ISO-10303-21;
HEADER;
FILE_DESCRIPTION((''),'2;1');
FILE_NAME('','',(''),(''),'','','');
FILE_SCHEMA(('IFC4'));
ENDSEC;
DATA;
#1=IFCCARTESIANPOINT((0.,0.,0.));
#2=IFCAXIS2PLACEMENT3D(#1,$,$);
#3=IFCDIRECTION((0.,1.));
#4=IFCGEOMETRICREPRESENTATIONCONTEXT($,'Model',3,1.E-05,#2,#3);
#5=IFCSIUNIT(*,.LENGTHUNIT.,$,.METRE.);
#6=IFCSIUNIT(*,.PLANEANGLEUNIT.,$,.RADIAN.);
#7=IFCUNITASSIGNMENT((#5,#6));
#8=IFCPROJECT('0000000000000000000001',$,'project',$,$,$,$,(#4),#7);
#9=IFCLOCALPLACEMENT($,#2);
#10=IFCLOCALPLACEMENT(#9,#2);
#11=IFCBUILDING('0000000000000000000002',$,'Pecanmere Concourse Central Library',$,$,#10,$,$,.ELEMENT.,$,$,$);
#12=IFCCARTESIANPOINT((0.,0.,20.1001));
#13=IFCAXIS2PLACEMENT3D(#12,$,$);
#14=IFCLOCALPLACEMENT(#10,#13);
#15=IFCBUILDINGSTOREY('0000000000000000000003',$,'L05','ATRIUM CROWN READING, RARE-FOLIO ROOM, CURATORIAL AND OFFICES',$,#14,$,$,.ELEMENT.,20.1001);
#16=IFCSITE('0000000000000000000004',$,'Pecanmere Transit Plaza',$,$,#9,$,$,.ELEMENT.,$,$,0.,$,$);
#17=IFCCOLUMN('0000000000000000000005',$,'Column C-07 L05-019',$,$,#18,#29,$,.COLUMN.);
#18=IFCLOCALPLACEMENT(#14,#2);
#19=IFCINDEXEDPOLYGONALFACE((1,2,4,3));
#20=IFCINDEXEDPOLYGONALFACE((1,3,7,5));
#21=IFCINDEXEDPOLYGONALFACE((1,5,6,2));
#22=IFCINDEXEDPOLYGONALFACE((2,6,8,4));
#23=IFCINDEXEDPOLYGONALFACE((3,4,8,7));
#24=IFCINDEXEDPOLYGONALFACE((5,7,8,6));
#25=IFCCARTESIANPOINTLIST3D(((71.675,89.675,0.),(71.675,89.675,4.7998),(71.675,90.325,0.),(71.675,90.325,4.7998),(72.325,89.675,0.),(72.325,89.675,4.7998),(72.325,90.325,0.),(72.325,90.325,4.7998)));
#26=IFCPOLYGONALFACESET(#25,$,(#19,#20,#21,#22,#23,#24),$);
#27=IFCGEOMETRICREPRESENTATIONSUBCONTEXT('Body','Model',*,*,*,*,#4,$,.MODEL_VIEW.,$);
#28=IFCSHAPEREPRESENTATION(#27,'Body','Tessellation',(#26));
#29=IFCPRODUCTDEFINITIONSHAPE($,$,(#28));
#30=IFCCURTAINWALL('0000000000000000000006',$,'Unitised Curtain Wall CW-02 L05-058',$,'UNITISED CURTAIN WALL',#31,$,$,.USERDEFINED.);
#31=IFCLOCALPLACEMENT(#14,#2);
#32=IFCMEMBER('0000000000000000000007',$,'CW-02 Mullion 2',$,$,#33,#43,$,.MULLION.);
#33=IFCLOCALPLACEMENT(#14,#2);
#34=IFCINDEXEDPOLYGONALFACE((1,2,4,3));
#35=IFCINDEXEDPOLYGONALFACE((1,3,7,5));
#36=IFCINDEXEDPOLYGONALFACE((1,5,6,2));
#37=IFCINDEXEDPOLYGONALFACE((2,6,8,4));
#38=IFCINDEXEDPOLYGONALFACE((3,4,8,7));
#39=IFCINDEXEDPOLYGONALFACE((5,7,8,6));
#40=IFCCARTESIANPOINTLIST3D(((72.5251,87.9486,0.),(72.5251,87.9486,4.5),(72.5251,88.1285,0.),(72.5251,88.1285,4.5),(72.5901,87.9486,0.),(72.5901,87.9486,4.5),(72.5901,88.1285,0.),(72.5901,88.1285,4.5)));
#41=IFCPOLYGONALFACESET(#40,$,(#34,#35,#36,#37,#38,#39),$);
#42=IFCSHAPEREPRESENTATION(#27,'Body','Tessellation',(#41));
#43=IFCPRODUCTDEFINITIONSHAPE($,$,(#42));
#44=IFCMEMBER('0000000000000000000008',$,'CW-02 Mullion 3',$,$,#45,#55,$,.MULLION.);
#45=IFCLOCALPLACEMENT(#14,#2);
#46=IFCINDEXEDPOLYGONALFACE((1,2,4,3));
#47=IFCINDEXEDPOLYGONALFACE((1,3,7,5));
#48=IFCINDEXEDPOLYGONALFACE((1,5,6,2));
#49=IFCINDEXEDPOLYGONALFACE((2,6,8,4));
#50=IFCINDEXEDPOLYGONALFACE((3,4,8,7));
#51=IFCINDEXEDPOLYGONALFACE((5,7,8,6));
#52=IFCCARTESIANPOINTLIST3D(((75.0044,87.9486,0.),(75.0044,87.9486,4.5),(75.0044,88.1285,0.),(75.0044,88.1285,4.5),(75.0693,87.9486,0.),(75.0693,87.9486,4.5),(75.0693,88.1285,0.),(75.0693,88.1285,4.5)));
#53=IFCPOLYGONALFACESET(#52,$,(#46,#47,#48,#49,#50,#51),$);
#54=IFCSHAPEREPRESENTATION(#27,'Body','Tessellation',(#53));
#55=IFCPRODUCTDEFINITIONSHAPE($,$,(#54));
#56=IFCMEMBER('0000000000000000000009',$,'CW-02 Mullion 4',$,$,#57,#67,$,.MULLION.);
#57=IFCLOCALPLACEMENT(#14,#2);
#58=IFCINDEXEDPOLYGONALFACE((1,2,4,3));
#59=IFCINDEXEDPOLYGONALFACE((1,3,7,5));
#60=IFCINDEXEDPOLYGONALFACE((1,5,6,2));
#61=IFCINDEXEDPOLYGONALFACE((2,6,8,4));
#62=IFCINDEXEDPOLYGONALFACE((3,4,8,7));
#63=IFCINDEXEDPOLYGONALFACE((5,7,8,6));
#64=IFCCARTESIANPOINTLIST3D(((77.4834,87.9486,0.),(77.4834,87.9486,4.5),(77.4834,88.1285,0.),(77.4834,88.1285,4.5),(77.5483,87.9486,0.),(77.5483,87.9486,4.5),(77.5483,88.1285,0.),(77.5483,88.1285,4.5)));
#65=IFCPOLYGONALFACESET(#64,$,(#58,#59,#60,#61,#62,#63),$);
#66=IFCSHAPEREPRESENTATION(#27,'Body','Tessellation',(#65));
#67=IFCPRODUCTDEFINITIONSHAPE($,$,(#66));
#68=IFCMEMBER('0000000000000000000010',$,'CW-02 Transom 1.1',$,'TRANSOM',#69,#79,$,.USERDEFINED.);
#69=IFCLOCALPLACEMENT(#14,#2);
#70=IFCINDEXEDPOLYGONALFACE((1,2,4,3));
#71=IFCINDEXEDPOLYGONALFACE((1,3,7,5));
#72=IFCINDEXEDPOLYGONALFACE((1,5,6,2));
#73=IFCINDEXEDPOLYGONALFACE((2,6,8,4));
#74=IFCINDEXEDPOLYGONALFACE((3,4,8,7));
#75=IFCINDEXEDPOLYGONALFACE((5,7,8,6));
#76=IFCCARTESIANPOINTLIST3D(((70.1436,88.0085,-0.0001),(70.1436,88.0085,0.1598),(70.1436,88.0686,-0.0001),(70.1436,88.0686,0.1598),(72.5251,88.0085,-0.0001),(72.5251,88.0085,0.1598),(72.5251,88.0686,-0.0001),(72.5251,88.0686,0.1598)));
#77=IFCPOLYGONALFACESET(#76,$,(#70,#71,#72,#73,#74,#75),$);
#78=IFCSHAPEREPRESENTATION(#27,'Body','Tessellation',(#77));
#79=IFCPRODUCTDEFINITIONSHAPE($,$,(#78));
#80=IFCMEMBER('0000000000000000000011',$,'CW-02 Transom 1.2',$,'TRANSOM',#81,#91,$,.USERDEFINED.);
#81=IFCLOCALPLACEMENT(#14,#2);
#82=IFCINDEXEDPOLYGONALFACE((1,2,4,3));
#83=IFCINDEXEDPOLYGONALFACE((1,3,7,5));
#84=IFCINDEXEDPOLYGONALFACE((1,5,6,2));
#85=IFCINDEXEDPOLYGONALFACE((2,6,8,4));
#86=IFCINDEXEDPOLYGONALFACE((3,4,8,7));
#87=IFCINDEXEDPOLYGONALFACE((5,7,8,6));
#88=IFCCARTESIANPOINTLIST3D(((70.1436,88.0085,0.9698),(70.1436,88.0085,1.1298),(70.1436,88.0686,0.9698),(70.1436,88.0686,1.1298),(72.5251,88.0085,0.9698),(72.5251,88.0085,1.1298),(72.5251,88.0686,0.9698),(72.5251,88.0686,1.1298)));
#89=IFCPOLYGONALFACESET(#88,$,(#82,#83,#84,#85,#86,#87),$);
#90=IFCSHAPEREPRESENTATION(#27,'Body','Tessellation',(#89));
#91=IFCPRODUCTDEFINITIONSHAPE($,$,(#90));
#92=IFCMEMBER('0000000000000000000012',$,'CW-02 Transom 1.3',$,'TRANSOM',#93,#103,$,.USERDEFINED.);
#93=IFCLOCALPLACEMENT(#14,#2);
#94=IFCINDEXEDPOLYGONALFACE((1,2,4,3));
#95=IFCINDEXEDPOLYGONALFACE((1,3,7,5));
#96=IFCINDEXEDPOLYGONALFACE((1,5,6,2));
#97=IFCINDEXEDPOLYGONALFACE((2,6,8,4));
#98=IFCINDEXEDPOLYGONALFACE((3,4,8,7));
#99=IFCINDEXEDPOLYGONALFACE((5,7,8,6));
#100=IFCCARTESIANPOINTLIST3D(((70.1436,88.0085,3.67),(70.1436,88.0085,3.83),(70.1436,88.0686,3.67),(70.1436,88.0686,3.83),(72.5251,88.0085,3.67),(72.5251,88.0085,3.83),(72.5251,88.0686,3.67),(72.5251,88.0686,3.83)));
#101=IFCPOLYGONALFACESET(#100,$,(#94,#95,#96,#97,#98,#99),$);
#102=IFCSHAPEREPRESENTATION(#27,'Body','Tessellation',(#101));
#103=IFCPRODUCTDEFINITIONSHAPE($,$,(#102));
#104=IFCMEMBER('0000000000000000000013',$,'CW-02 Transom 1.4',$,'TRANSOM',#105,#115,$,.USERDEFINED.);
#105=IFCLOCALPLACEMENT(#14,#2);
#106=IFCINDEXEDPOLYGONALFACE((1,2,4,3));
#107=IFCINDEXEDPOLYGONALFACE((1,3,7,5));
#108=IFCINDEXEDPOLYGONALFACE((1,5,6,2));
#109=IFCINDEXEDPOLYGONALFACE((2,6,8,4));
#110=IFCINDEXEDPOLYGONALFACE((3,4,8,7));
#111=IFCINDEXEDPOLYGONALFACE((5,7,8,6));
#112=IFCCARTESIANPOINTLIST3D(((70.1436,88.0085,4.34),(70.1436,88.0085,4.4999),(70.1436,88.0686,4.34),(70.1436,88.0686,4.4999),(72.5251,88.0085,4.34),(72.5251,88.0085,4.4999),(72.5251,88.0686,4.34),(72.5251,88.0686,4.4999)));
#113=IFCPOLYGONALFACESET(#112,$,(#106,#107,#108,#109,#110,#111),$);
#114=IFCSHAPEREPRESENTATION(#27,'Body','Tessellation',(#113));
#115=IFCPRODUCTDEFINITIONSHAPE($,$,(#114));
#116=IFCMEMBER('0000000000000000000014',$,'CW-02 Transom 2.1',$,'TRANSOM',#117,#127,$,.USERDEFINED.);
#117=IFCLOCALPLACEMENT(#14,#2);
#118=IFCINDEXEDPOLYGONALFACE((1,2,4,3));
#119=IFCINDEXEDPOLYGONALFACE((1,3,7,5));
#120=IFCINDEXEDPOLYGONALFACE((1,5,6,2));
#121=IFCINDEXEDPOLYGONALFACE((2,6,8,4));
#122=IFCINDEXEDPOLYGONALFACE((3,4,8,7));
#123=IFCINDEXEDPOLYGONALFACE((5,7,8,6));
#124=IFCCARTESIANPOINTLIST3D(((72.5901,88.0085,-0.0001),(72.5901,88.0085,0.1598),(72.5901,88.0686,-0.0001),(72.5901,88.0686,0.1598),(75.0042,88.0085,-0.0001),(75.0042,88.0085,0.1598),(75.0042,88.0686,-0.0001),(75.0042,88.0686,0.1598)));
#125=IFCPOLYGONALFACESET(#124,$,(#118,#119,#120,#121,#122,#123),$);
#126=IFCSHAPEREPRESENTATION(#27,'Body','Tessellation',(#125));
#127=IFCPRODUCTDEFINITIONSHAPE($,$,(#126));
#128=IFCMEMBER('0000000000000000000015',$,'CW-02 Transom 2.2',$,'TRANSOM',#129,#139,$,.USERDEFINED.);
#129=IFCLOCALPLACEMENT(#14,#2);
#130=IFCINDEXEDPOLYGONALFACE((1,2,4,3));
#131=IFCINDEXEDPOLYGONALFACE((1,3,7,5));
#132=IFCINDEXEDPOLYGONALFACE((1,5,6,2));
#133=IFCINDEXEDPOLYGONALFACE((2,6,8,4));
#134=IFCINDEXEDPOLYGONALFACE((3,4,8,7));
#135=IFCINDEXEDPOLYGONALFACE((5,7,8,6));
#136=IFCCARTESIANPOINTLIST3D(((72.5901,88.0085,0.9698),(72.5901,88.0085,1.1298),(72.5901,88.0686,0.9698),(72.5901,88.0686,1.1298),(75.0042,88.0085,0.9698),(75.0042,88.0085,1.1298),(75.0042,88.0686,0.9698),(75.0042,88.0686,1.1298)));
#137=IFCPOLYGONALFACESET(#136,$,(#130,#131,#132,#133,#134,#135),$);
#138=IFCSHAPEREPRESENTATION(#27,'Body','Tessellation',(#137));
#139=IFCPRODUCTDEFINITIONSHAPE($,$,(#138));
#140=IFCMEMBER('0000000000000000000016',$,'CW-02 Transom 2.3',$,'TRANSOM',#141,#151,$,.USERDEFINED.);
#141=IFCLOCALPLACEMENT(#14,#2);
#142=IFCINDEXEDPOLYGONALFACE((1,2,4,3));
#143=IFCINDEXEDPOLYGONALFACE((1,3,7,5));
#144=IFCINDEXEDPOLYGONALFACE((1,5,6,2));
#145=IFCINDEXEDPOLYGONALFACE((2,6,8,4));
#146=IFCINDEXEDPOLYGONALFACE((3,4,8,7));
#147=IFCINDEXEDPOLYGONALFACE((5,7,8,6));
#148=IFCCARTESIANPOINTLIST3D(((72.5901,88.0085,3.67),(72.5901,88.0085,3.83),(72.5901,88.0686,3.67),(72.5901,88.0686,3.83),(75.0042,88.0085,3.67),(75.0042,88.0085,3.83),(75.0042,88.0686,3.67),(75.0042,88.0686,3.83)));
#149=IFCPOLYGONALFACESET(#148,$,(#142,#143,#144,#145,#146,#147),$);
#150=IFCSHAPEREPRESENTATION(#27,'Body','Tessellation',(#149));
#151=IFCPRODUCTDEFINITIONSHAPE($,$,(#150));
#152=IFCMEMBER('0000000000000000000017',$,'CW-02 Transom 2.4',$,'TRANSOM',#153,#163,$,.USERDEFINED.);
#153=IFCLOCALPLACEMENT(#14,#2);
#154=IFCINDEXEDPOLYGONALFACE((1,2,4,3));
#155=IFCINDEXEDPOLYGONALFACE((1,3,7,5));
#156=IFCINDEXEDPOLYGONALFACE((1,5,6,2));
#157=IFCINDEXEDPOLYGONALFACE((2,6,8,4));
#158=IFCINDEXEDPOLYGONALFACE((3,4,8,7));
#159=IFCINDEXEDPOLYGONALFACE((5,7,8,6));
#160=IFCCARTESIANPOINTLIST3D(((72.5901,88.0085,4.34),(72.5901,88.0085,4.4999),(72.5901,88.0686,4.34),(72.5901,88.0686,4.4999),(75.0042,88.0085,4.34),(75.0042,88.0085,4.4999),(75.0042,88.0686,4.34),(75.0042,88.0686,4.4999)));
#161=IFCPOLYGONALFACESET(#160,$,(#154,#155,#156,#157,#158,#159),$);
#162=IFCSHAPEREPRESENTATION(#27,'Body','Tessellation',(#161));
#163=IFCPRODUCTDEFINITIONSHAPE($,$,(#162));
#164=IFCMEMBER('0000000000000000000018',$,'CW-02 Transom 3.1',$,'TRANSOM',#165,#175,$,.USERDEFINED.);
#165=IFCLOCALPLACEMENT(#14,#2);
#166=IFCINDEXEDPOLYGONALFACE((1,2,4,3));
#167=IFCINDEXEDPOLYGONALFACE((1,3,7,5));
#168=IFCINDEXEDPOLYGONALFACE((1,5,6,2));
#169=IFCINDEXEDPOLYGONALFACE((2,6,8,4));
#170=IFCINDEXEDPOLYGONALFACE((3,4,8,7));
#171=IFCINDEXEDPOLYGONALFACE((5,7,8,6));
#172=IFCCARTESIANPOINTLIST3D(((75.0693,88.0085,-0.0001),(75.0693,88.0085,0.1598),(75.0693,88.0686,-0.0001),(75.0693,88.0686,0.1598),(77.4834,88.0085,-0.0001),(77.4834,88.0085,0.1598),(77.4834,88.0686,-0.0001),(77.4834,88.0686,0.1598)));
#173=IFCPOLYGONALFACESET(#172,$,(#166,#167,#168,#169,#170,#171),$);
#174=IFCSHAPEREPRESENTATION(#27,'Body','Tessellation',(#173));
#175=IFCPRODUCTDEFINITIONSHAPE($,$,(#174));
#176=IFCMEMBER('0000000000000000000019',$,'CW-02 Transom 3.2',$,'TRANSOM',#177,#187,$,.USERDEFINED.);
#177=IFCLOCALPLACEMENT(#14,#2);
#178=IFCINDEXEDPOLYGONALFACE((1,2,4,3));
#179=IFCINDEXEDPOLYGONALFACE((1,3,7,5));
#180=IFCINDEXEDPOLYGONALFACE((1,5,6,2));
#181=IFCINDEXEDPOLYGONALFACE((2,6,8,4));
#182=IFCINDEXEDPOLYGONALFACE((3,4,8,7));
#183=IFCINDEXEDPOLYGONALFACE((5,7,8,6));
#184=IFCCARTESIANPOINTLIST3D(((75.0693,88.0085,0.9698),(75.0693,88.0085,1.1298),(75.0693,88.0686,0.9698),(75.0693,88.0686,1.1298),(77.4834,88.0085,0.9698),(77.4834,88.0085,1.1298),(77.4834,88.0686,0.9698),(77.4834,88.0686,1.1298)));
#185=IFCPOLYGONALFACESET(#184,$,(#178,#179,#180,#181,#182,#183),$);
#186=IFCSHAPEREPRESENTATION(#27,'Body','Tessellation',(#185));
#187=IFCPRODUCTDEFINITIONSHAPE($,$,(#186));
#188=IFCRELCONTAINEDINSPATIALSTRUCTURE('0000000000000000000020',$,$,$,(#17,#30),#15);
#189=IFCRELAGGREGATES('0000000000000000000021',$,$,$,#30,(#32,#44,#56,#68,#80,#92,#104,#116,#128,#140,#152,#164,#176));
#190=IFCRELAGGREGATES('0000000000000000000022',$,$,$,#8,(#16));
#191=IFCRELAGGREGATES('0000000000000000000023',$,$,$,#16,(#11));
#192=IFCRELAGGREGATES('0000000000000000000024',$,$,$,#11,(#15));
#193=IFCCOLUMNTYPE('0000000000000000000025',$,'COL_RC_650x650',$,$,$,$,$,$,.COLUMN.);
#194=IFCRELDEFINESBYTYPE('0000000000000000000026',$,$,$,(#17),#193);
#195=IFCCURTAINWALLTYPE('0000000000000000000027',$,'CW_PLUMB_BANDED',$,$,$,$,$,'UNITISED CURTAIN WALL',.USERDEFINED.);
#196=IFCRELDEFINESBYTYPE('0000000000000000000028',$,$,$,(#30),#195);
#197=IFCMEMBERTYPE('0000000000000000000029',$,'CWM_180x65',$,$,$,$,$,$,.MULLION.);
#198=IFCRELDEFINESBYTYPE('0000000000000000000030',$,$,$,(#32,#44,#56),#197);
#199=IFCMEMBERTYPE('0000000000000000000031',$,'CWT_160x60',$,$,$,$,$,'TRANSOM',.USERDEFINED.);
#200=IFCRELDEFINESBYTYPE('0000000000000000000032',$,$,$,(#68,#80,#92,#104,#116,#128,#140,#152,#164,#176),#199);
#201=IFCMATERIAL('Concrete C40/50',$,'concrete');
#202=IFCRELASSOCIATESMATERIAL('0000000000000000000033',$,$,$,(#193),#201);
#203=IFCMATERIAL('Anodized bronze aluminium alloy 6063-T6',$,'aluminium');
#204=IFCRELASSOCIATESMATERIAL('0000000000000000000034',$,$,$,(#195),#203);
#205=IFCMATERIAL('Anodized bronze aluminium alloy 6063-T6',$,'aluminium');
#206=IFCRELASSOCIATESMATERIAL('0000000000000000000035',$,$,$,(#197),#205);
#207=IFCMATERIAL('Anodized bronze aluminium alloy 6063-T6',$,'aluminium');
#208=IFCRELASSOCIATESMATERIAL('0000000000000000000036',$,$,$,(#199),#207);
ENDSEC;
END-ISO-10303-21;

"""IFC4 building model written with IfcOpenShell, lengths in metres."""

from ifc_helpers import new_model, si_unit, direction, frame, origin, origin_2d, place, context, subcontext, project, spatial, rectangle, extrude, material, material_profile, profile_set, type_object, element, aggregate, save


model = new_model("IFC4")

# Units and contexts
model_context = context("Model", 3, precision=1e-05, world=origin(), true_north=direction((0.0, 1.0)))
body_context = subcontext(model_context, "Body", "Model", "MODEL_VIEW")
ifc_project = project(units=[si_unit("LENGTHUNIT", "METRE"), si_unit("PLANEANGLEUNIT", "RADIAN")], contexts=[model_context])

# Site, building, storey
site_placement = place(None, origin())
site = spatial("IfcSite", under=ifc_project, at=site_placement, Name="Pecanmere Transit Plaza", CompositionType="ELEMENT", RefElevation=0.0)
building_placement = place(site_placement, origin())
building = spatial("IfcBuilding", under=site, at=building_placement, Name="Pecanmere Concourse Central Library", CompositionType="ELEMENT")
storey_placement = place(building_placement, frame((0.0, 0.0, 20.1001)))
storey = spatial("IfcBuildingStorey", under=building, at=storey_placement, Name="L05", Description="ATRIUM CROWN READING, RARE-FOLIO ROOM, CURATORIAL AND OFFICES", CompositionType="ELEMENT", Elevation=20.1001)

# Column
ifc_material_1 = material(Name="Concrete C40/50", Category="concrete")
ifc_material_profile_1 = material_profile(ifc_material_1, rectangle(XDim=0.6499, YDim=0.6499, at=origin_2d()), Name="RC 650x650")
ifc_profile_set_1 = profile_set([ifc_material_profile_1], Name="Concrete C40/50")
column_type = type_object("IfcColumnType", Name="COL_RC_650x650", PredefinedType="COLUMN", material=ifc_profile_set_1)
column_placement = place(storey_placement, frame((72.0, 90.0, 0.0), z_axis=(0.0, 0.0, 1.0), x_axis=(1.0, 0.0, 0.0)))
element("IfcColumn", 1, at=column_placement, inside=storey, type_object=column_type, Name="Column C-07 L05-019", PredefinedType="COLUMN", context=body_context, shape_type="SweptSolid", body=[
    extrude(rectangle(XDim=0.6499, YDim=0.6499, at=origin_2d()), origin(), (0.0, 0.0, 1.0), 4.7998),
])

# Curtain wall, members
ifc_material_2 = material(Name="Anodized bronze aluminium alloy 6063-T6", Category="aluminium")
curtain_wall_type = type_object("IfcCurtainWallType", Name="CW_PLUMB_BANDED", ElementType="UNITISED CURTAIN WALL", PredefinedType="USERDEFINED", material=ifc_material_2)
curtain_wall_placement = place(storey_placement, origin())
curtain_wall = element("IfcCurtainWall", 2, at=curtain_wall_placement, inside=storey, type_object=curtain_wall_type, Name="Unitised Curtain Wall CW-02 L05-058", ObjectType="UNITISED CURTAIN WALL", PredefinedType="USERDEFINED")
ifc_material_3 = material(Name="Anodized bronze aluminium alloy 6063-T6", Category="aluminium")
ifc_material_profile_2 = material_profile(ifc_material_3, rectangle(XDim=0.0649, YDim=0.1799, at=origin_2d()), Name="AL 65x180")
ifc_profile_set_2 = profile_set([ifc_material_profile_2], Name="Anodized bronze aluminium alloy 6063-T6")
member_type_1 = type_object("IfcMemberType", Name="CWM_180x65", PredefinedType="MULLION", material=ifc_profile_set_2)
member_1_placement = place(storey_placement, frame((72.5576, 88.0386, 0.0), z_axis=(0.0, 0.0, 1.0), x_axis=(1.0, 0.0, 0.0)))
member_1 = element("IfcMember", 3, at=member_1_placement, type_object=member_type_1, Name="CW-02 Mullion 2", PredefinedType="MULLION", context=body_context, shape_type="SweptSolid", body=[
    extrude(rectangle(XDim=0.0649, YDim=0.1799, at=origin_2d()), origin(), (0.0, 0.0, 1.0), 4.5),
])
member_2_placement = place(storey_placement, frame((75.0369, 88.0386, 0.0), z_axis=(0.0, 0.0, 1.0), x_axis=(1.0, 0.0, 0.0)))
member_2 = element("IfcMember", 4, at=member_2_placement, type_object=member_type_1, Name="CW-02 Mullion 3", PredefinedType="MULLION", context=body_context, shape_type="SweptSolid", body=[
    extrude(rectangle(XDim=0.0649, YDim=0.1799, at=origin_2d()), origin(), (0.0, 0.0, 1.0), 4.5),
])
member_3_placement = place(storey_placement, frame((77.5159, 88.0386, 0.0), z_axis=(0.0, 0.0, 1.0), x_axis=(1.0, 0.0, 0.0)))
member_3 = element("IfcMember", 5, at=member_3_placement, type_object=member_type_1, Name="CW-02 Mullion 4", PredefinedType="MULLION", context=body_context, shape_type="SweptSolid", body=[
    extrude(rectangle(XDim=0.0649, YDim=0.1799, at=origin_2d()), origin(), (0.0, 0.0, 1.0), 4.5),
])
ifc_material_4 = material(Name="Anodized bronze aluminium alloy 6063-T6", Category="aluminium")
ifc_material_profile_3 = material_profile(ifc_material_4, rectangle(XDim=0.0601, YDim=0.1599, at=origin_2d()), Name="AL 60x160")
ifc_profile_set_3 = profile_set([ifc_material_profile_3], Name="Anodized bronze aluminium alloy 6063-T6")
member_type_2 = type_object("IfcMemberType", Name="CWT_160x60", ElementType="TRANSOM", PredefinedType="USERDEFINED", material=ifc_profile_set_3)
member_4_placement = place(storey_placement, frame((70.1436, 88.0386, 0.0798), z_axis=(1.0, 0.0, 0.0), x_axis=(0.0, 1.0, 0.0)))
member_4 = element("IfcMember", 6, at=member_4_placement, type_object=member_type_2, Name="CW-02 Transom 1.1", ObjectType="TRANSOM", PredefinedType="USERDEFINED", context=body_context, shape_type="SweptSolid", body=[
    extrude(rectangle(XDim=0.0601, YDim=0.1599, at=origin_2d()), origin(), (0.0, 0.0, 1.0), 2.3816),
])
member_5_placement = place(storey_placement, frame((70.1436, 88.0386, 1.0498), z_axis=(1.0, 0.0, 0.0), x_axis=(0.0, 1.0, 0.0)))
member_5 = element("IfcMember", 7, at=member_5_placement, type_object=member_type_2, Name="CW-02 Transom 1.2", ObjectType="TRANSOM", PredefinedType="USERDEFINED", context=body_context, shape_type="SweptSolid", body=[
    extrude(rectangle(XDim=0.0601, YDim=0.1599, at=origin_2d()), origin(), (0.0, 0.0, 1.0), 2.3816),
])
member_6_placement = place(storey_placement, frame((70.1436, 88.0386, 3.75), z_axis=(1.0, 0.0, 0.0), x_axis=(0.0, 1.0, 0.0)))
member_6 = element("IfcMember", 8, at=member_6_placement, type_object=member_type_2, Name="CW-02 Transom 1.3", ObjectType="TRANSOM", PredefinedType="USERDEFINED", context=body_context, shape_type="SweptSolid", body=[
    extrude(rectangle(XDim=0.0601, YDim=0.1599, at=origin_2d()), origin(), (0.0, 0.0, 1.0), 2.3816),
])
member_7_placement = place(storey_placement, frame((70.1436, 88.0386, 4.4199), z_axis=(1.0, 0.0, 0.0), x_axis=(0.0, 1.0, 0.0)))
member_7 = element("IfcMember", 9, at=member_7_placement, type_object=member_type_2, Name="CW-02 Transom 1.4", ObjectType="TRANSOM", PredefinedType="USERDEFINED", context=body_context, shape_type="SweptSolid", body=[
    extrude(rectangle(XDim=0.0601, YDim=0.1599, at=origin_2d()), origin(), (0.0, 0.0, 1.0), 2.3816),
])
member_8_placement = place(storey_placement, frame((72.5901, 88.0386, 0.0798), z_axis=(1.0, 0.0, 0.0), x_axis=(0.0, 1.0, 0.0)))
member_8 = element("IfcMember", 10, at=member_8_placement, type_object=member_type_2, Name="CW-02 Transom 2.1", ObjectType="TRANSOM", PredefinedType="USERDEFINED", context=body_context, shape_type="SweptSolid", body=[
    extrude(rectangle(XDim=0.0601, YDim=0.1599, at=origin_2d()), origin(), (0.0, 0.0, 1.0), 2.4141),
])
member_9_placement = place(storey_placement, frame((72.5901, 88.0386, 1.0498), z_axis=(1.0, 0.0, 0.0), x_axis=(0.0, 1.0, 0.0)))
member_9 = element("IfcMember", 11, at=member_9_placement, type_object=member_type_2, Name="CW-02 Transom 2.2", ObjectType="TRANSOM", PredefinedType="USERDEFINED", context=body_context, shape_type="SweptSolid", body=[
    extrude(rectangle(XDim=0.0601, YDim=0.1599, at=origin_2d()), origin(), (0.0, 0.0, 1.0), 2.4141),
])
member_10_placement = place(storey_placement, frame((72.5901, 88.0386, 3.75), z_axis=(1.0, 0.0, 0.0), x_axis=(0.0, 1.0, 0.0)))
member_10 = element("IfcMember", 12, at=member_10_placement, type_object=member_type_2, Name="CW-02 Transom 2.3", ObjectType="TRANSOM", PredefinedType="USERDEFINED", context=body_context, shape_type="SweptSolid", body=[
    extrude(rectangle(XDim=0.0601, YDim=0.1599, at=origin_2d()), origin(), (0.0, 0.0, 1.0), 2.4141),
])
member_11_placement = place(storey_placement, frame((72.5901, 88.0386, 4.4199), z_axis=(1.0, 0.0, 0.0), x_axis=(0.0, 1.0, 0.0)))
member_11 = element("IfcMember", 13, at=member_11_placement, type_object=member_type_2, Name="CW-02 Transom 2.4", ObjectType="TRANSOM", PredefinedType="USERDEFINED", context=body_context, shape_type="SweptSolid", body=[
    extrude(rectangle(XDim=0.0601, YDim=0.1599, at=origin_2d()), origin(), (0.0, 0.0, 1.0), 2.4141),
])
member_12_placement = place(storey_placement, frame((75.0693, 88.0386, 0.0798), z_axis=(1.0, 0.0, 0.0), x_axis=(0.0, 1.0, 0.0)))
member_12 = element("IfcMember", 14, at=member_12_placement, type_object=member_type_2, Name="CW-02 Transom 3.1", ObjectType="TRANSOM", PredefinedType="USERDEFINED", context=body_context, shape_type="SweptSolid", body=[
    extrude(rectangle(XDim=0.0601, YDim=0.1599, at=origin_2d()), origin(), (0.0, 0.0, 1.0), 2.4141),
])
member_13_placement = place(storey_placement, frame((75.0693, 88.0386, 1.0498), z_axis=(1.0, 0.0, 0.0), x_axis=(0.0, 1.0, 0.0)))
member_13 = element("IfcMember", 15, at=member_13_placement, type_object=member_type_2, Name="CW-02 Transom 3.2", ObjectType="TRANSOM", PredefinedType="USERDEFINED", context=body_context, shape_type="SweptSolid", body=[
    extrude(rectangle(XDim=0.0601, YDim=0.1599, at=origin_2d()), origin(), (0.0, 0.0, 1.0), 2.4141),
])

aggregate(curtain_wall, [member_1, member_2, member_3, member_4, member_5, member_6, member_7, member_8, member_9, member_10, member_11, member_12, member_13])

save(model, "model.ifc")
